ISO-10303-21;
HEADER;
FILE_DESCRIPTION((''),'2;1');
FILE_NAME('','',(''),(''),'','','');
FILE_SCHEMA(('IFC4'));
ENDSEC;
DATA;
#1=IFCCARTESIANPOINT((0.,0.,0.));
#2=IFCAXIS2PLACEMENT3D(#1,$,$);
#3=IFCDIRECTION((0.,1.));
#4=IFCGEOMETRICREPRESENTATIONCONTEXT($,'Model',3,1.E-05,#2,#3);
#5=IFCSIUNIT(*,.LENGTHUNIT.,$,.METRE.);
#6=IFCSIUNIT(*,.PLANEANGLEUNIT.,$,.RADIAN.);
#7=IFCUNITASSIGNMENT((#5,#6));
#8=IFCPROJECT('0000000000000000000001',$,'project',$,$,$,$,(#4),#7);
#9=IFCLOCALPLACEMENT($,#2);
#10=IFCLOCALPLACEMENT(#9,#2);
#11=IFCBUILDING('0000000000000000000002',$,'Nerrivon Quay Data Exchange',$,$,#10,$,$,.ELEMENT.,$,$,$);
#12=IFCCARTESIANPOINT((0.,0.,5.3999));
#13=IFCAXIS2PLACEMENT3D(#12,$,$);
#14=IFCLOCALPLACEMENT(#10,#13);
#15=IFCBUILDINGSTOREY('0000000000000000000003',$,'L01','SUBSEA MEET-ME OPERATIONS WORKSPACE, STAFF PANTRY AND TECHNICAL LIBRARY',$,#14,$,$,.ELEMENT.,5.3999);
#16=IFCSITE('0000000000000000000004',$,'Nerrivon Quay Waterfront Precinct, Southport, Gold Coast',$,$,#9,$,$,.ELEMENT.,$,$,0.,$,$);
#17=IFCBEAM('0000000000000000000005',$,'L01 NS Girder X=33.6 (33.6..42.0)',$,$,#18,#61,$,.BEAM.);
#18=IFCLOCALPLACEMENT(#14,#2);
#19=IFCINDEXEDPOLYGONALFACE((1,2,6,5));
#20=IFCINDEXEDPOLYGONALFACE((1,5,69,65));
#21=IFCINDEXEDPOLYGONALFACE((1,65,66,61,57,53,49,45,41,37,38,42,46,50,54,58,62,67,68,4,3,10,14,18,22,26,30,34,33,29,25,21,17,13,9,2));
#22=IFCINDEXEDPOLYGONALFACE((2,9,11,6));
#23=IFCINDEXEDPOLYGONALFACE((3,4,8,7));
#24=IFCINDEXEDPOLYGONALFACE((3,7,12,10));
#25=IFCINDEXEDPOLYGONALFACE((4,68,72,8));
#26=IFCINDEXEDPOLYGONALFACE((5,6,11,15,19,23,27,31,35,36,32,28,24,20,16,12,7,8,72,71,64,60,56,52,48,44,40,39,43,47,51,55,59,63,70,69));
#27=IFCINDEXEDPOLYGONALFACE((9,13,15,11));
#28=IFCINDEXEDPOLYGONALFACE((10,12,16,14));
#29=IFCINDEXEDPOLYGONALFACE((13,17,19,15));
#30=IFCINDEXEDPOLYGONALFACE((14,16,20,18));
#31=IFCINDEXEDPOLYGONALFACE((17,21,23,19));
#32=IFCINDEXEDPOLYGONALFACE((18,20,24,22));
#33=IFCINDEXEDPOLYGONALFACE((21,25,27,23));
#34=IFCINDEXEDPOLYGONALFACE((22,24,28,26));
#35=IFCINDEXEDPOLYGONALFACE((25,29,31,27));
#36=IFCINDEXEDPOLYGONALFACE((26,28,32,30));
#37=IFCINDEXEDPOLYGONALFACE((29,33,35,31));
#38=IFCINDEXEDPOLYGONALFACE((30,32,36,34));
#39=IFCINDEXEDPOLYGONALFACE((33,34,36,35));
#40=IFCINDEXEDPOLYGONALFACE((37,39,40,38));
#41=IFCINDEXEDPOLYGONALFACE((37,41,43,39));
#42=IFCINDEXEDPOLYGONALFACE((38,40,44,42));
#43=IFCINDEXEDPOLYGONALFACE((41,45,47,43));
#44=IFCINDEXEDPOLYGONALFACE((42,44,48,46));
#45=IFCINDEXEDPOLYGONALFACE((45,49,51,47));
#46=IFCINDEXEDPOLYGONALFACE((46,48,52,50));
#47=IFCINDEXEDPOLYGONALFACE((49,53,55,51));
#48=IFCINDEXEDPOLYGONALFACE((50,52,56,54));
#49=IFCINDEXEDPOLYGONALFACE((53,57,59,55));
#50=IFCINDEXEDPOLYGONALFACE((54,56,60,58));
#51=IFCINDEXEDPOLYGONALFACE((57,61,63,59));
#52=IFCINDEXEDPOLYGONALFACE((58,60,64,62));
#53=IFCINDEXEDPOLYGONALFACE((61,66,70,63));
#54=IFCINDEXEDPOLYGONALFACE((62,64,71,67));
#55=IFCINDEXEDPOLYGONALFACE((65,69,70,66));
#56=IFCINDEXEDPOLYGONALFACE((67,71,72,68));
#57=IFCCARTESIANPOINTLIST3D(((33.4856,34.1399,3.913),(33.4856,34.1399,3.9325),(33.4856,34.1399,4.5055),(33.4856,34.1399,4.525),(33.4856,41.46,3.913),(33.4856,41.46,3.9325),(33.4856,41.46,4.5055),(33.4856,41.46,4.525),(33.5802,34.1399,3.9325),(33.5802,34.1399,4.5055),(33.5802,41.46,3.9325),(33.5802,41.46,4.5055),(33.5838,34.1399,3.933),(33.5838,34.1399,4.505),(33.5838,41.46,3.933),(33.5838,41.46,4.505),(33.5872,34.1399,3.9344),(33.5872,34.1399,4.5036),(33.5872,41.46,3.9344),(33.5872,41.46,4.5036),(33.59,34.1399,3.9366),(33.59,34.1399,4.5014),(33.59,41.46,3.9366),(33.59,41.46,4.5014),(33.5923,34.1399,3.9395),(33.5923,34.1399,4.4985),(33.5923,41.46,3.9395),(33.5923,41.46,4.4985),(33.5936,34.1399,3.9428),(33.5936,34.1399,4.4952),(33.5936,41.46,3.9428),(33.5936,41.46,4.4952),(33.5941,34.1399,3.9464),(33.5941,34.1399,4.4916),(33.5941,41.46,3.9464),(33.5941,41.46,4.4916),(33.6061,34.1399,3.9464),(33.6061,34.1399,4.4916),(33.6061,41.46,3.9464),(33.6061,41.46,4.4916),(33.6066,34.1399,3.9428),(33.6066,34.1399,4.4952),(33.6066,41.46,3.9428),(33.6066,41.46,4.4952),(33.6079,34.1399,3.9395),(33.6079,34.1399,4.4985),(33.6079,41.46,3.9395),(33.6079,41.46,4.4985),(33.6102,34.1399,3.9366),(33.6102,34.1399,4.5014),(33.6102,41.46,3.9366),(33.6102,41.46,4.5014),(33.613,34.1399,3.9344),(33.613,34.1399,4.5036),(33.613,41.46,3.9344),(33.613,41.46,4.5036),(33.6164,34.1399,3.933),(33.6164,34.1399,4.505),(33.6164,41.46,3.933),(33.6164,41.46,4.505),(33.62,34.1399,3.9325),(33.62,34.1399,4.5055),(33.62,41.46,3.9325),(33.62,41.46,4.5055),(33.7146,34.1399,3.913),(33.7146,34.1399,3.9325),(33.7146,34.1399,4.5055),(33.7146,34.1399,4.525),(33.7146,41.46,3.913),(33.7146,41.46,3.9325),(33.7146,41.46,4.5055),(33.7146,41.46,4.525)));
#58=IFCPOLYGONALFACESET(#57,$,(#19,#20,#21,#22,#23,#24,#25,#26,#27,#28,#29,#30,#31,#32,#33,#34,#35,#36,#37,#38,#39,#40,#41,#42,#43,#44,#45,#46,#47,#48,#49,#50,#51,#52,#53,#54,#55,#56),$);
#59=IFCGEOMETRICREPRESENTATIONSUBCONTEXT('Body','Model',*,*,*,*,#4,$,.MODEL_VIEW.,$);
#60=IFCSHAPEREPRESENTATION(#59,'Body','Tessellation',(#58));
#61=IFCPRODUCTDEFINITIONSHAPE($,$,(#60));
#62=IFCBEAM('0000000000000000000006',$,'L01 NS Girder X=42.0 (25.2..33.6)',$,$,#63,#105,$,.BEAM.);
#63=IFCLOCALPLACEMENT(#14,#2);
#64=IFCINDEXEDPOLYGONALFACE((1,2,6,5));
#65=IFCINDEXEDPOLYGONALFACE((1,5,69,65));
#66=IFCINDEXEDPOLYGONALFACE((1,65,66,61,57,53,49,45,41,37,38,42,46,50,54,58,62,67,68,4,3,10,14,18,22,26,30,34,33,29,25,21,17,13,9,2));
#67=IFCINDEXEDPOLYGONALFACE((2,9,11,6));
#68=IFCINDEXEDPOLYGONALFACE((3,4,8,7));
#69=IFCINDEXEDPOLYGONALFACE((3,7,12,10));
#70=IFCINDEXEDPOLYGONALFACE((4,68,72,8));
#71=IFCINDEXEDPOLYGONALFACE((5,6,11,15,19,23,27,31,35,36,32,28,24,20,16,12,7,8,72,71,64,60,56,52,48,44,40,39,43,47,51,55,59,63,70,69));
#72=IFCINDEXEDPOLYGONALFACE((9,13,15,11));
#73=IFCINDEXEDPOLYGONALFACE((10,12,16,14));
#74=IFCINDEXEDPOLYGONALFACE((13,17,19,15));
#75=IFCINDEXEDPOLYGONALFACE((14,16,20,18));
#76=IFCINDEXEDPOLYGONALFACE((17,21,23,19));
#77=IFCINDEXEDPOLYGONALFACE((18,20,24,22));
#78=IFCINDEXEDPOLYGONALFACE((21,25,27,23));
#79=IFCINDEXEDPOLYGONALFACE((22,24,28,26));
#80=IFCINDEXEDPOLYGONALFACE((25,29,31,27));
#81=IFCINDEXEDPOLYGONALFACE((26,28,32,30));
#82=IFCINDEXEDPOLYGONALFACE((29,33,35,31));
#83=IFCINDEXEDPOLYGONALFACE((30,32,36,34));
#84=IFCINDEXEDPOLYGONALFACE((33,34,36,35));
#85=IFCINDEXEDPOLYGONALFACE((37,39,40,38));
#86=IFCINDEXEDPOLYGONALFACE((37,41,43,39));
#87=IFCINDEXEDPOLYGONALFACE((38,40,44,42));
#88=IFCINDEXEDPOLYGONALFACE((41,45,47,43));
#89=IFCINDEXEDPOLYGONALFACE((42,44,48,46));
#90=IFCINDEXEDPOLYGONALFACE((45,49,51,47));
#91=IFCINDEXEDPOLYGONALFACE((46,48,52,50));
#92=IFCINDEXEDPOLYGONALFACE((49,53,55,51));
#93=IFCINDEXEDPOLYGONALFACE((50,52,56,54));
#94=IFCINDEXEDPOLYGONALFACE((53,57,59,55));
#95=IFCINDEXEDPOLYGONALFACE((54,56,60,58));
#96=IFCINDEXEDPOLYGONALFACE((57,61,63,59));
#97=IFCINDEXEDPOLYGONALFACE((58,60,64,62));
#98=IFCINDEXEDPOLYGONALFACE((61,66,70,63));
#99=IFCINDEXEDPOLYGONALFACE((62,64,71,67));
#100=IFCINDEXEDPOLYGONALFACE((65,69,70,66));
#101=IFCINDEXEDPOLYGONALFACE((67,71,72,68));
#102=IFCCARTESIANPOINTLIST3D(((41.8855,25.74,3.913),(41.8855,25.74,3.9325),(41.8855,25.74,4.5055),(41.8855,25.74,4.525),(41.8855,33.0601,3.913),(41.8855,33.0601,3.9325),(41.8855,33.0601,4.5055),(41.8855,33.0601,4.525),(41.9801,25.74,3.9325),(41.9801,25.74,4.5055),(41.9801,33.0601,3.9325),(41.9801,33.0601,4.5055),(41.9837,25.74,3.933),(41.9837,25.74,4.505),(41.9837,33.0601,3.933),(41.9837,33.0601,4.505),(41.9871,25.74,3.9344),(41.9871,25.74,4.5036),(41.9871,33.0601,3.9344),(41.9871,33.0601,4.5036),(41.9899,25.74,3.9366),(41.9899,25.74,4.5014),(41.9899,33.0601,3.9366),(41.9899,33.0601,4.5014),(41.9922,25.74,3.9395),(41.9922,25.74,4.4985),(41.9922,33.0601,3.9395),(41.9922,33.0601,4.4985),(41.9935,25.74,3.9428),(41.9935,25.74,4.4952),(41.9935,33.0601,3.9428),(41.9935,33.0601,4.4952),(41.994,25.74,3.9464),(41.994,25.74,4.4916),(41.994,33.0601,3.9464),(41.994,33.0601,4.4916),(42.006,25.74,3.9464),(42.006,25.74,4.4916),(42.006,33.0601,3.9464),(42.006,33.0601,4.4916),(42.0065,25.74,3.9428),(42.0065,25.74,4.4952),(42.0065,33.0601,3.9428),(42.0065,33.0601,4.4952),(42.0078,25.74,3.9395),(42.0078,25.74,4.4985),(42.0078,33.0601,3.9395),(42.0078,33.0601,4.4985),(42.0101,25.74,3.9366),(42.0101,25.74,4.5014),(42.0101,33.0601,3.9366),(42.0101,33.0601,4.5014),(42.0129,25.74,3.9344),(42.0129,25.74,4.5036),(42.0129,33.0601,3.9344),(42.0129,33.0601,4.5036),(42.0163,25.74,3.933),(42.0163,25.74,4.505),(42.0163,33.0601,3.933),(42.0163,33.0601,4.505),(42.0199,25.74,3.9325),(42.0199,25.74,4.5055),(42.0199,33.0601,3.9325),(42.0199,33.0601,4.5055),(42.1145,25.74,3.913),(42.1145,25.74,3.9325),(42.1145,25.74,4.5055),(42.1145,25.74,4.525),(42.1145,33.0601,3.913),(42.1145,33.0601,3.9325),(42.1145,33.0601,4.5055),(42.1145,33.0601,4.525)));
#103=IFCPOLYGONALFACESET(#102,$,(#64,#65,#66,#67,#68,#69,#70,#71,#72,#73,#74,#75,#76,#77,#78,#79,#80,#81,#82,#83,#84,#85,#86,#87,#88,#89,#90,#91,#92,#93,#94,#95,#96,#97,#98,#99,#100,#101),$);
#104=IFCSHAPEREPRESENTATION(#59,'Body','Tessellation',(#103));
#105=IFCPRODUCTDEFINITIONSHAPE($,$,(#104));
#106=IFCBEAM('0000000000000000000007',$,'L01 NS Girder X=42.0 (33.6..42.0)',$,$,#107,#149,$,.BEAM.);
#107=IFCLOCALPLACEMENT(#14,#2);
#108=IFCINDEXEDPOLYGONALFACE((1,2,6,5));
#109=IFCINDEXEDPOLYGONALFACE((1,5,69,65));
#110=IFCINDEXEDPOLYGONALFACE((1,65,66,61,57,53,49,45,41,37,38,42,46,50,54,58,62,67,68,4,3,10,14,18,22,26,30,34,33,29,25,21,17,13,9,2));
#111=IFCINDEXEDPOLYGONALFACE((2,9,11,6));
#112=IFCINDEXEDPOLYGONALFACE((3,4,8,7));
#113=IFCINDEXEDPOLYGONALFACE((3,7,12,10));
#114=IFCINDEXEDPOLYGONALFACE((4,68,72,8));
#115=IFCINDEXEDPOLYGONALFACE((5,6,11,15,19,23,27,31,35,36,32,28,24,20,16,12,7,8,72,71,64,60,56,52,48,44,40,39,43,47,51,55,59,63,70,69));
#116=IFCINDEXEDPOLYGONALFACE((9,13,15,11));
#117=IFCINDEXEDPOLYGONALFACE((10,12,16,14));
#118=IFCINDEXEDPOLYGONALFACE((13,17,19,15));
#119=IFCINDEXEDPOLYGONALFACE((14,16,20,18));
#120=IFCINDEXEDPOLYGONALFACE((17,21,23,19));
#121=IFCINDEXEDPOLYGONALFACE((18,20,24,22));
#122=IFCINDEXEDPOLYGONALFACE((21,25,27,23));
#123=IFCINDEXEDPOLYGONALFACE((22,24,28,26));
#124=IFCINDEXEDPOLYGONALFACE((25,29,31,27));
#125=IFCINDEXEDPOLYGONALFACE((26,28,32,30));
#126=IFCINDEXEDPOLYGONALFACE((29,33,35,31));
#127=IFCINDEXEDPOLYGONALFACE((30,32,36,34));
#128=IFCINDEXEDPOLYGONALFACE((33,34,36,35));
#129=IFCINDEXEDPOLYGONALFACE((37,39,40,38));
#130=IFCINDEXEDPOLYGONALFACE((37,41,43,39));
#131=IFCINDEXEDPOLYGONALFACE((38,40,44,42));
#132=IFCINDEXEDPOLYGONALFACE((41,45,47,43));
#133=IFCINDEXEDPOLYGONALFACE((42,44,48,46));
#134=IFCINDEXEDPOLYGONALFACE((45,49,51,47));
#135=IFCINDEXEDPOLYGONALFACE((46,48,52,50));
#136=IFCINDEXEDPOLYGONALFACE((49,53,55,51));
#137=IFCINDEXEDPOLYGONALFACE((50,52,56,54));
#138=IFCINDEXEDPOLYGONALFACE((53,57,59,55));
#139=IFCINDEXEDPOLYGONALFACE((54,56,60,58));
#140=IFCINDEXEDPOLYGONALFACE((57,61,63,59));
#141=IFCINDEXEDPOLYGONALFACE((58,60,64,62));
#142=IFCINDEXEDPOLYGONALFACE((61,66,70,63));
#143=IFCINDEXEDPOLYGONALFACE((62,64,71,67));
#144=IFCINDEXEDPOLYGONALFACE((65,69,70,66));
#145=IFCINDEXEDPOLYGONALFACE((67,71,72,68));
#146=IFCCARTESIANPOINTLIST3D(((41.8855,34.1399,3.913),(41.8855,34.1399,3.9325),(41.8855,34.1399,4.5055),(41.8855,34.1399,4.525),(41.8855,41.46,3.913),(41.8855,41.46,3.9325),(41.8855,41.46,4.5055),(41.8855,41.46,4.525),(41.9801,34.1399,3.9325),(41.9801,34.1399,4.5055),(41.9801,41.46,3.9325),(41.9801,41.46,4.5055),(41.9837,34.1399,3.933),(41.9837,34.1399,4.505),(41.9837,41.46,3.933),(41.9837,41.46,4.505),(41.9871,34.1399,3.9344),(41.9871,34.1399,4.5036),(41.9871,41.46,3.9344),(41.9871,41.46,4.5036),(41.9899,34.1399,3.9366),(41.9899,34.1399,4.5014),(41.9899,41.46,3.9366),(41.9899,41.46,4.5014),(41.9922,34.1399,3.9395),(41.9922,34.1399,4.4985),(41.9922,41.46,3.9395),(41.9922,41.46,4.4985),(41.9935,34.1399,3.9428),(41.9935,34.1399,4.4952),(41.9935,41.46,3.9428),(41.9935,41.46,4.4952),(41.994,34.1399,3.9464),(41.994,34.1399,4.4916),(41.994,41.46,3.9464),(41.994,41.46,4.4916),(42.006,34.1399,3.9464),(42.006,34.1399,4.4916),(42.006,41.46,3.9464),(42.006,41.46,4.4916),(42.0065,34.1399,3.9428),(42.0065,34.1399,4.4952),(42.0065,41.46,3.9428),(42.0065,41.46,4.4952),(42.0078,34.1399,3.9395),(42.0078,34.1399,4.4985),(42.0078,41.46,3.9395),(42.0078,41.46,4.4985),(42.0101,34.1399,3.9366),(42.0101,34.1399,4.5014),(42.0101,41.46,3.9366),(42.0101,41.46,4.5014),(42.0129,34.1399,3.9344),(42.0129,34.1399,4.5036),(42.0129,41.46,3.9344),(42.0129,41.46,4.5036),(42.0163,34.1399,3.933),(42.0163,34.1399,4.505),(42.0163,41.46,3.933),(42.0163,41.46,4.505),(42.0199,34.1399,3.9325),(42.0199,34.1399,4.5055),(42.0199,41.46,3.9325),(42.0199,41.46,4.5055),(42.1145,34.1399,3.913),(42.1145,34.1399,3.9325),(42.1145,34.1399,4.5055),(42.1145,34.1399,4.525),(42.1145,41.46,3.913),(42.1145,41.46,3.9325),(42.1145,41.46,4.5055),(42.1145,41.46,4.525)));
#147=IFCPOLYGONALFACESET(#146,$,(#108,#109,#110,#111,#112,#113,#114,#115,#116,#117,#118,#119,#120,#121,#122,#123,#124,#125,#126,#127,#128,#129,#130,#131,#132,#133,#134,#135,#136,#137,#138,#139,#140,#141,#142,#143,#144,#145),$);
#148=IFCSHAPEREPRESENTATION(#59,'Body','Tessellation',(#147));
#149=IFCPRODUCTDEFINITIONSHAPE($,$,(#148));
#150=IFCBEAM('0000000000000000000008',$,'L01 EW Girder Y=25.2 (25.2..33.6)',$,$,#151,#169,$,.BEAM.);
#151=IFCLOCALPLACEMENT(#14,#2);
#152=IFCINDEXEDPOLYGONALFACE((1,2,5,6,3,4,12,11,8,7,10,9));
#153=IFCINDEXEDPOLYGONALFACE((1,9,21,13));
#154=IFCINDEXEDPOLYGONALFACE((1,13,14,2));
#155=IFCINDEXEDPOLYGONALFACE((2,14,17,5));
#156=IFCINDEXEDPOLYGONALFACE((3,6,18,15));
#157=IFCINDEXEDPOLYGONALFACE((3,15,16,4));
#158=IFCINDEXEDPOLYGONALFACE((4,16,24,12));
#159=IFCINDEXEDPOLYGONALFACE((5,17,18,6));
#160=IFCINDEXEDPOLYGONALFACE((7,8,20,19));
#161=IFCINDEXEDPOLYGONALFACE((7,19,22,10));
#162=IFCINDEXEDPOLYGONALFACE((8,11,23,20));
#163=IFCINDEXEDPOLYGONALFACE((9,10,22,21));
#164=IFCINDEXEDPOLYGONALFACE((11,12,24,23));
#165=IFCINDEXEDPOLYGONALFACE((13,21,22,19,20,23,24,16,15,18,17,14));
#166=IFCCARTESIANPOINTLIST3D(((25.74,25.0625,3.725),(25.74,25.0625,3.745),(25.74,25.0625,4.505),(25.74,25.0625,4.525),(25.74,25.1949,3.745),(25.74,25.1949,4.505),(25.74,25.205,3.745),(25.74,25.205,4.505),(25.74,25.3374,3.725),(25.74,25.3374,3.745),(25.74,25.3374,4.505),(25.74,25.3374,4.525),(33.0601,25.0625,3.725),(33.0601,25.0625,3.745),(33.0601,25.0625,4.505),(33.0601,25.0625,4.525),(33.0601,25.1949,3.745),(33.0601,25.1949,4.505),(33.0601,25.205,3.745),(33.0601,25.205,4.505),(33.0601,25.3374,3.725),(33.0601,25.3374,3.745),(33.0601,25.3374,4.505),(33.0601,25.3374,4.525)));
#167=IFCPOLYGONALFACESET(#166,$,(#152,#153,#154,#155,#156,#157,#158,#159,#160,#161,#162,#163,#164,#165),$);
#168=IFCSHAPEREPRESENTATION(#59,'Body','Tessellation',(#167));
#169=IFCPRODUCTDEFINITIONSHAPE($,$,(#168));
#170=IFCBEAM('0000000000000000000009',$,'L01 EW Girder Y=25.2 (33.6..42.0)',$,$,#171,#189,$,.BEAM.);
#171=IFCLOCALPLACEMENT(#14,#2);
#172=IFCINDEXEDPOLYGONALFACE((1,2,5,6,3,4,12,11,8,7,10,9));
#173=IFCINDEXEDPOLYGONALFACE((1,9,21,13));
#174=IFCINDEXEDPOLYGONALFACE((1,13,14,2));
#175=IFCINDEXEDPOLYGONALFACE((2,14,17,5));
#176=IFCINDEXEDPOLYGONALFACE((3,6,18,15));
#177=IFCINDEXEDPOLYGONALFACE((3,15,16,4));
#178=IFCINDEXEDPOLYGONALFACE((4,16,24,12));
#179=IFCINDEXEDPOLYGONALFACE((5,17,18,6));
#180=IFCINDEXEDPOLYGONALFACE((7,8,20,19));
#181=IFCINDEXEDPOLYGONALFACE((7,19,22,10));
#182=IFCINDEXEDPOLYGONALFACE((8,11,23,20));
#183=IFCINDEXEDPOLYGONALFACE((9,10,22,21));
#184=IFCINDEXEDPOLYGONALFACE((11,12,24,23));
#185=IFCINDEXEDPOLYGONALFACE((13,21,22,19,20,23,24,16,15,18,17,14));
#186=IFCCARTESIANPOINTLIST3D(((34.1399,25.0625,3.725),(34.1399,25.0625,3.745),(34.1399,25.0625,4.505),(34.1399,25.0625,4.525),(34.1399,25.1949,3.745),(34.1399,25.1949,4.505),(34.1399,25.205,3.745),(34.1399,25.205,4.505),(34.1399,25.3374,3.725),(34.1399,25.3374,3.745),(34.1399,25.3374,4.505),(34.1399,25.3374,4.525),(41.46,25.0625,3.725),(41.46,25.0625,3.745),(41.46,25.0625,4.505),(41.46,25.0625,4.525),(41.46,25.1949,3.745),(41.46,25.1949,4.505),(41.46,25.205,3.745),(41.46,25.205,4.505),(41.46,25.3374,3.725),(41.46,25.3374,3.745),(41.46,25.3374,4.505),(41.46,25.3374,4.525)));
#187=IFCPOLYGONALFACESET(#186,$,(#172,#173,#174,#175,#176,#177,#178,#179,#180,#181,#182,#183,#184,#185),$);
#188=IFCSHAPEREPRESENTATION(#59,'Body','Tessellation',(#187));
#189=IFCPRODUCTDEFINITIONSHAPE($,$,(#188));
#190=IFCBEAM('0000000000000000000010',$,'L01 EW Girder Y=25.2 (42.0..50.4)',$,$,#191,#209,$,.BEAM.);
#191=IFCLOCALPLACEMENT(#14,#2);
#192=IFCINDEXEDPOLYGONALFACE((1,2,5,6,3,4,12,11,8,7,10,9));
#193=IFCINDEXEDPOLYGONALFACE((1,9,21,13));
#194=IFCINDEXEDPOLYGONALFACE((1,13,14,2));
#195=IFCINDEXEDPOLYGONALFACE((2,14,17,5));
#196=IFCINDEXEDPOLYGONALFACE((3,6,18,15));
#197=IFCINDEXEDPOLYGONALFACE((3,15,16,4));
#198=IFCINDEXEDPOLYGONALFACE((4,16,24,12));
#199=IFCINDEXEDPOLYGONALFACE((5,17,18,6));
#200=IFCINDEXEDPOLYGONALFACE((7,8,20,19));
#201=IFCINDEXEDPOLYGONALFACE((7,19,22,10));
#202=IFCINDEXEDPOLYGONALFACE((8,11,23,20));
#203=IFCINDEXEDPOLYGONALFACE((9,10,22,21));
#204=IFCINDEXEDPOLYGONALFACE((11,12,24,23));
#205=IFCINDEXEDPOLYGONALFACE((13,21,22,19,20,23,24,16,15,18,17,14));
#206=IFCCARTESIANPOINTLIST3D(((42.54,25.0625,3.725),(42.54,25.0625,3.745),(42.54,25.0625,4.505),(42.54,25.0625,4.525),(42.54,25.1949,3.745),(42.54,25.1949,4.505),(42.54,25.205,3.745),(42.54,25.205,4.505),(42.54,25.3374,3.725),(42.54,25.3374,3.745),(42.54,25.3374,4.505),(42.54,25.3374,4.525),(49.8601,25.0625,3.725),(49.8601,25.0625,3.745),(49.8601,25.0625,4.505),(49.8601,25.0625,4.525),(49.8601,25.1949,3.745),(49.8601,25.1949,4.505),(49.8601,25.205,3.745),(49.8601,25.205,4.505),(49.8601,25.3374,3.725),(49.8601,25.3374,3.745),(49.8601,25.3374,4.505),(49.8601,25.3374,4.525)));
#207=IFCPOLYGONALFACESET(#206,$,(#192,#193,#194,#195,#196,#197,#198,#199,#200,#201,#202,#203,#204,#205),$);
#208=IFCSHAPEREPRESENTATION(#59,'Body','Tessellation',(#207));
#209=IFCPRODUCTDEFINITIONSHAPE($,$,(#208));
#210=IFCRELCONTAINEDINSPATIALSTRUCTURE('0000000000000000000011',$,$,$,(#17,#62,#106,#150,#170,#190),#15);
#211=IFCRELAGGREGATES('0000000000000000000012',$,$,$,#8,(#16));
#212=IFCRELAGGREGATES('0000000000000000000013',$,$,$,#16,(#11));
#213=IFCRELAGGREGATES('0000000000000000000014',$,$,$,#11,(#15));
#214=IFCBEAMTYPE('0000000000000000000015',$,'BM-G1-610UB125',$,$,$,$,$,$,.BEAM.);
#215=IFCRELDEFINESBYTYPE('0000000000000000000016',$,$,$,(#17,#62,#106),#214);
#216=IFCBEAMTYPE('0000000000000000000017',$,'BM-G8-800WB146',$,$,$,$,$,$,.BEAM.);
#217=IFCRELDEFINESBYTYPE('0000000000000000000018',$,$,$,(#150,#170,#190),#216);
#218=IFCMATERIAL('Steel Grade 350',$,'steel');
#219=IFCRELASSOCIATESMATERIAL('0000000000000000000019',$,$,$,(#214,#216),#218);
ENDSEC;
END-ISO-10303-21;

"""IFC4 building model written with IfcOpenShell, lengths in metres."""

from ifc_helpers import new_model, si_unit, direction, frame, origin, origin_2d, place, context, subcontext, project, spatial, i_section, extrude, material, material_profile, profile_set, type_object, element, save


model = new_model("IFC4")

# Units and contexts
model_context = context("Model", 3, precision=1e-05, world=origin(), true_north=direction((0.0, 1.0)))
body_context = subcontext(model_context, "Body", "Model", "MODEL_VIEW")
ifc_project = project(units=[si_unit("LENGTHUNIT", "METRE"), si_unit("PLANEANGLEUNIT", "RADIAN")], contexts=[model_context])

# Site, building, storey
site_placement = place(None, origin())
site = spatial("IfcSite", under=ifc_project, at=site_placement, Name="Nerrivon Quay Waterfront Precinct, Southport, Gold Coast", CompositionType="ELEMENT", RefElevation=0.0)
building_placement = place(site_placement, origin())
building = spatial("IfcBuilding", under=site, at=building_placement, Name="Nerrivon Quay Data Exchange", CompositionType="ELEMENT")
storey_placement = place(building_placement, frame((0.0, 0.0, 5.3999)))
storey = spatial("IfcBuildingStorey", under=building, at=storey_placement, Name="L01", Description="SUBSEA MEET-ME OPERATIONS WORKSPACE, STAFF PANTRY AND TECHNICAL LIBRARY", CompositionType="ELEMENT", Elevation=5.3999)

# Beams
ifc_material_1 = material(Name="Steel Grade 350", Category="steel")
ifc_material_profile_1 = material_profile(ifc_material_1, i_section(OverallWidth=0.229, OverallDepth=0.6121, WebThickness=0.012, FlangeThickness=0.0195, FilletRadius=0.0139, at=origin_2d()), Name="610UB125")
ifc_profile_set_1 = profile_set([ifc_material_profile_1], Name="Steel Grade 350")
beam_type_1 = type_object("IfcBeamType", Name="BM-G1-610UB125", PredefinedType="BEAM", material=ifc_profile_set_1)
for number, where, z_axis, x_axis, name in (
    (1, (33.6001, 34.1399, 4.219), (0.0, 1.0, 0.0), (-1.0, 0.0, 0.0), "L01 NS Girder X=33.6 (33.6..42.0)"),
    (2, (42.0, 25.74, 4.219), (0.0, 1.0, 0.0), (-1.0, 0.0, 0.0), "L01 NS Girder X=42.0 (25.2..33.6)"),
    (3, (42.0, 34.1399, 4.219), (0.0, 1.0, 0.0), (-1.0, 0.0, 0.0), "L01 NS Girder X=42.0 (33.6..42.0)"),
):
    element("IfcBeam", number, at=place(storey_placement, frame(where, z_axis=z_axis, x_axis=x_axis)), inside=storey, type_object=beam_type_1, Name=name, PredefinedType="BEAM", context=body_context, shape_type="SweptSolid", body=[
        extrude(i_section(OverallWidth=0.229, OverallDepth=0.6121, WebThickness=0.012, FlangeThickness=0.0195, FilletRadius=0.0139, at=origin_2d()), origin(), (0.0, 0.0, 1.0), 7.3201),
    ])
ifc_material_profile_2 = material_profile(ifc_material_1, i_section(OverallWidth=0.2749, OverallDepth=0.8, WebThickness=0.01, FlangeThickness=0.02, at=origin_2d()), Name="800WB146")
ifc_profile_set_2 = profile_set([ifc_material_profile_2], Name="Steel Grade 350")
beam_type_2 = type_object("IfcBeamType", Name="BM-G8-800WB146", PredefinedType="BEAM", material=ifc_profile_set_2)
for number, where, z_axis, x_axis, name in (
    (4, (25.74, 25.2, 4.125), (1.0, 0.0, 0.0), (0.0, 1.0, 0.0), "L01 EW Girder Y=25.2 (25.2..33.6)"),
    (5, (34.1399, 25.2, 4.125), (1.0, 0.0, 0.0), (0.0, 1.0, 0.0), "L01 EW Girder Y=25.2 (33.6..42.0)"),
    (6, (42.54, 25.2, 4.125), (1.0, 0.0, 0.0), (0.0, 1.0, 0.0), "L01 EW Girder Y=25.2 (42.0..50.4)"),
):
    element("IfcBeam", number, at=place(storey_placement, frame(where, z_axis=z_axis, x_axis=x_axis)), inside=storey, type_object=beam_type_2, Name=name, PredefinedType="BEAM", context=body_context, shape_type="SweptSolid", body=[
        extrude(i_section(OverallWidth=0.2749, OverallDepth=0.8, WebThickness=0.01, FlangeThickness=0.02, at=origin_2d()), origin(), (0.0, 0.0, 1.0), 7.3201),
    ])

save(model, "model.ifc")
